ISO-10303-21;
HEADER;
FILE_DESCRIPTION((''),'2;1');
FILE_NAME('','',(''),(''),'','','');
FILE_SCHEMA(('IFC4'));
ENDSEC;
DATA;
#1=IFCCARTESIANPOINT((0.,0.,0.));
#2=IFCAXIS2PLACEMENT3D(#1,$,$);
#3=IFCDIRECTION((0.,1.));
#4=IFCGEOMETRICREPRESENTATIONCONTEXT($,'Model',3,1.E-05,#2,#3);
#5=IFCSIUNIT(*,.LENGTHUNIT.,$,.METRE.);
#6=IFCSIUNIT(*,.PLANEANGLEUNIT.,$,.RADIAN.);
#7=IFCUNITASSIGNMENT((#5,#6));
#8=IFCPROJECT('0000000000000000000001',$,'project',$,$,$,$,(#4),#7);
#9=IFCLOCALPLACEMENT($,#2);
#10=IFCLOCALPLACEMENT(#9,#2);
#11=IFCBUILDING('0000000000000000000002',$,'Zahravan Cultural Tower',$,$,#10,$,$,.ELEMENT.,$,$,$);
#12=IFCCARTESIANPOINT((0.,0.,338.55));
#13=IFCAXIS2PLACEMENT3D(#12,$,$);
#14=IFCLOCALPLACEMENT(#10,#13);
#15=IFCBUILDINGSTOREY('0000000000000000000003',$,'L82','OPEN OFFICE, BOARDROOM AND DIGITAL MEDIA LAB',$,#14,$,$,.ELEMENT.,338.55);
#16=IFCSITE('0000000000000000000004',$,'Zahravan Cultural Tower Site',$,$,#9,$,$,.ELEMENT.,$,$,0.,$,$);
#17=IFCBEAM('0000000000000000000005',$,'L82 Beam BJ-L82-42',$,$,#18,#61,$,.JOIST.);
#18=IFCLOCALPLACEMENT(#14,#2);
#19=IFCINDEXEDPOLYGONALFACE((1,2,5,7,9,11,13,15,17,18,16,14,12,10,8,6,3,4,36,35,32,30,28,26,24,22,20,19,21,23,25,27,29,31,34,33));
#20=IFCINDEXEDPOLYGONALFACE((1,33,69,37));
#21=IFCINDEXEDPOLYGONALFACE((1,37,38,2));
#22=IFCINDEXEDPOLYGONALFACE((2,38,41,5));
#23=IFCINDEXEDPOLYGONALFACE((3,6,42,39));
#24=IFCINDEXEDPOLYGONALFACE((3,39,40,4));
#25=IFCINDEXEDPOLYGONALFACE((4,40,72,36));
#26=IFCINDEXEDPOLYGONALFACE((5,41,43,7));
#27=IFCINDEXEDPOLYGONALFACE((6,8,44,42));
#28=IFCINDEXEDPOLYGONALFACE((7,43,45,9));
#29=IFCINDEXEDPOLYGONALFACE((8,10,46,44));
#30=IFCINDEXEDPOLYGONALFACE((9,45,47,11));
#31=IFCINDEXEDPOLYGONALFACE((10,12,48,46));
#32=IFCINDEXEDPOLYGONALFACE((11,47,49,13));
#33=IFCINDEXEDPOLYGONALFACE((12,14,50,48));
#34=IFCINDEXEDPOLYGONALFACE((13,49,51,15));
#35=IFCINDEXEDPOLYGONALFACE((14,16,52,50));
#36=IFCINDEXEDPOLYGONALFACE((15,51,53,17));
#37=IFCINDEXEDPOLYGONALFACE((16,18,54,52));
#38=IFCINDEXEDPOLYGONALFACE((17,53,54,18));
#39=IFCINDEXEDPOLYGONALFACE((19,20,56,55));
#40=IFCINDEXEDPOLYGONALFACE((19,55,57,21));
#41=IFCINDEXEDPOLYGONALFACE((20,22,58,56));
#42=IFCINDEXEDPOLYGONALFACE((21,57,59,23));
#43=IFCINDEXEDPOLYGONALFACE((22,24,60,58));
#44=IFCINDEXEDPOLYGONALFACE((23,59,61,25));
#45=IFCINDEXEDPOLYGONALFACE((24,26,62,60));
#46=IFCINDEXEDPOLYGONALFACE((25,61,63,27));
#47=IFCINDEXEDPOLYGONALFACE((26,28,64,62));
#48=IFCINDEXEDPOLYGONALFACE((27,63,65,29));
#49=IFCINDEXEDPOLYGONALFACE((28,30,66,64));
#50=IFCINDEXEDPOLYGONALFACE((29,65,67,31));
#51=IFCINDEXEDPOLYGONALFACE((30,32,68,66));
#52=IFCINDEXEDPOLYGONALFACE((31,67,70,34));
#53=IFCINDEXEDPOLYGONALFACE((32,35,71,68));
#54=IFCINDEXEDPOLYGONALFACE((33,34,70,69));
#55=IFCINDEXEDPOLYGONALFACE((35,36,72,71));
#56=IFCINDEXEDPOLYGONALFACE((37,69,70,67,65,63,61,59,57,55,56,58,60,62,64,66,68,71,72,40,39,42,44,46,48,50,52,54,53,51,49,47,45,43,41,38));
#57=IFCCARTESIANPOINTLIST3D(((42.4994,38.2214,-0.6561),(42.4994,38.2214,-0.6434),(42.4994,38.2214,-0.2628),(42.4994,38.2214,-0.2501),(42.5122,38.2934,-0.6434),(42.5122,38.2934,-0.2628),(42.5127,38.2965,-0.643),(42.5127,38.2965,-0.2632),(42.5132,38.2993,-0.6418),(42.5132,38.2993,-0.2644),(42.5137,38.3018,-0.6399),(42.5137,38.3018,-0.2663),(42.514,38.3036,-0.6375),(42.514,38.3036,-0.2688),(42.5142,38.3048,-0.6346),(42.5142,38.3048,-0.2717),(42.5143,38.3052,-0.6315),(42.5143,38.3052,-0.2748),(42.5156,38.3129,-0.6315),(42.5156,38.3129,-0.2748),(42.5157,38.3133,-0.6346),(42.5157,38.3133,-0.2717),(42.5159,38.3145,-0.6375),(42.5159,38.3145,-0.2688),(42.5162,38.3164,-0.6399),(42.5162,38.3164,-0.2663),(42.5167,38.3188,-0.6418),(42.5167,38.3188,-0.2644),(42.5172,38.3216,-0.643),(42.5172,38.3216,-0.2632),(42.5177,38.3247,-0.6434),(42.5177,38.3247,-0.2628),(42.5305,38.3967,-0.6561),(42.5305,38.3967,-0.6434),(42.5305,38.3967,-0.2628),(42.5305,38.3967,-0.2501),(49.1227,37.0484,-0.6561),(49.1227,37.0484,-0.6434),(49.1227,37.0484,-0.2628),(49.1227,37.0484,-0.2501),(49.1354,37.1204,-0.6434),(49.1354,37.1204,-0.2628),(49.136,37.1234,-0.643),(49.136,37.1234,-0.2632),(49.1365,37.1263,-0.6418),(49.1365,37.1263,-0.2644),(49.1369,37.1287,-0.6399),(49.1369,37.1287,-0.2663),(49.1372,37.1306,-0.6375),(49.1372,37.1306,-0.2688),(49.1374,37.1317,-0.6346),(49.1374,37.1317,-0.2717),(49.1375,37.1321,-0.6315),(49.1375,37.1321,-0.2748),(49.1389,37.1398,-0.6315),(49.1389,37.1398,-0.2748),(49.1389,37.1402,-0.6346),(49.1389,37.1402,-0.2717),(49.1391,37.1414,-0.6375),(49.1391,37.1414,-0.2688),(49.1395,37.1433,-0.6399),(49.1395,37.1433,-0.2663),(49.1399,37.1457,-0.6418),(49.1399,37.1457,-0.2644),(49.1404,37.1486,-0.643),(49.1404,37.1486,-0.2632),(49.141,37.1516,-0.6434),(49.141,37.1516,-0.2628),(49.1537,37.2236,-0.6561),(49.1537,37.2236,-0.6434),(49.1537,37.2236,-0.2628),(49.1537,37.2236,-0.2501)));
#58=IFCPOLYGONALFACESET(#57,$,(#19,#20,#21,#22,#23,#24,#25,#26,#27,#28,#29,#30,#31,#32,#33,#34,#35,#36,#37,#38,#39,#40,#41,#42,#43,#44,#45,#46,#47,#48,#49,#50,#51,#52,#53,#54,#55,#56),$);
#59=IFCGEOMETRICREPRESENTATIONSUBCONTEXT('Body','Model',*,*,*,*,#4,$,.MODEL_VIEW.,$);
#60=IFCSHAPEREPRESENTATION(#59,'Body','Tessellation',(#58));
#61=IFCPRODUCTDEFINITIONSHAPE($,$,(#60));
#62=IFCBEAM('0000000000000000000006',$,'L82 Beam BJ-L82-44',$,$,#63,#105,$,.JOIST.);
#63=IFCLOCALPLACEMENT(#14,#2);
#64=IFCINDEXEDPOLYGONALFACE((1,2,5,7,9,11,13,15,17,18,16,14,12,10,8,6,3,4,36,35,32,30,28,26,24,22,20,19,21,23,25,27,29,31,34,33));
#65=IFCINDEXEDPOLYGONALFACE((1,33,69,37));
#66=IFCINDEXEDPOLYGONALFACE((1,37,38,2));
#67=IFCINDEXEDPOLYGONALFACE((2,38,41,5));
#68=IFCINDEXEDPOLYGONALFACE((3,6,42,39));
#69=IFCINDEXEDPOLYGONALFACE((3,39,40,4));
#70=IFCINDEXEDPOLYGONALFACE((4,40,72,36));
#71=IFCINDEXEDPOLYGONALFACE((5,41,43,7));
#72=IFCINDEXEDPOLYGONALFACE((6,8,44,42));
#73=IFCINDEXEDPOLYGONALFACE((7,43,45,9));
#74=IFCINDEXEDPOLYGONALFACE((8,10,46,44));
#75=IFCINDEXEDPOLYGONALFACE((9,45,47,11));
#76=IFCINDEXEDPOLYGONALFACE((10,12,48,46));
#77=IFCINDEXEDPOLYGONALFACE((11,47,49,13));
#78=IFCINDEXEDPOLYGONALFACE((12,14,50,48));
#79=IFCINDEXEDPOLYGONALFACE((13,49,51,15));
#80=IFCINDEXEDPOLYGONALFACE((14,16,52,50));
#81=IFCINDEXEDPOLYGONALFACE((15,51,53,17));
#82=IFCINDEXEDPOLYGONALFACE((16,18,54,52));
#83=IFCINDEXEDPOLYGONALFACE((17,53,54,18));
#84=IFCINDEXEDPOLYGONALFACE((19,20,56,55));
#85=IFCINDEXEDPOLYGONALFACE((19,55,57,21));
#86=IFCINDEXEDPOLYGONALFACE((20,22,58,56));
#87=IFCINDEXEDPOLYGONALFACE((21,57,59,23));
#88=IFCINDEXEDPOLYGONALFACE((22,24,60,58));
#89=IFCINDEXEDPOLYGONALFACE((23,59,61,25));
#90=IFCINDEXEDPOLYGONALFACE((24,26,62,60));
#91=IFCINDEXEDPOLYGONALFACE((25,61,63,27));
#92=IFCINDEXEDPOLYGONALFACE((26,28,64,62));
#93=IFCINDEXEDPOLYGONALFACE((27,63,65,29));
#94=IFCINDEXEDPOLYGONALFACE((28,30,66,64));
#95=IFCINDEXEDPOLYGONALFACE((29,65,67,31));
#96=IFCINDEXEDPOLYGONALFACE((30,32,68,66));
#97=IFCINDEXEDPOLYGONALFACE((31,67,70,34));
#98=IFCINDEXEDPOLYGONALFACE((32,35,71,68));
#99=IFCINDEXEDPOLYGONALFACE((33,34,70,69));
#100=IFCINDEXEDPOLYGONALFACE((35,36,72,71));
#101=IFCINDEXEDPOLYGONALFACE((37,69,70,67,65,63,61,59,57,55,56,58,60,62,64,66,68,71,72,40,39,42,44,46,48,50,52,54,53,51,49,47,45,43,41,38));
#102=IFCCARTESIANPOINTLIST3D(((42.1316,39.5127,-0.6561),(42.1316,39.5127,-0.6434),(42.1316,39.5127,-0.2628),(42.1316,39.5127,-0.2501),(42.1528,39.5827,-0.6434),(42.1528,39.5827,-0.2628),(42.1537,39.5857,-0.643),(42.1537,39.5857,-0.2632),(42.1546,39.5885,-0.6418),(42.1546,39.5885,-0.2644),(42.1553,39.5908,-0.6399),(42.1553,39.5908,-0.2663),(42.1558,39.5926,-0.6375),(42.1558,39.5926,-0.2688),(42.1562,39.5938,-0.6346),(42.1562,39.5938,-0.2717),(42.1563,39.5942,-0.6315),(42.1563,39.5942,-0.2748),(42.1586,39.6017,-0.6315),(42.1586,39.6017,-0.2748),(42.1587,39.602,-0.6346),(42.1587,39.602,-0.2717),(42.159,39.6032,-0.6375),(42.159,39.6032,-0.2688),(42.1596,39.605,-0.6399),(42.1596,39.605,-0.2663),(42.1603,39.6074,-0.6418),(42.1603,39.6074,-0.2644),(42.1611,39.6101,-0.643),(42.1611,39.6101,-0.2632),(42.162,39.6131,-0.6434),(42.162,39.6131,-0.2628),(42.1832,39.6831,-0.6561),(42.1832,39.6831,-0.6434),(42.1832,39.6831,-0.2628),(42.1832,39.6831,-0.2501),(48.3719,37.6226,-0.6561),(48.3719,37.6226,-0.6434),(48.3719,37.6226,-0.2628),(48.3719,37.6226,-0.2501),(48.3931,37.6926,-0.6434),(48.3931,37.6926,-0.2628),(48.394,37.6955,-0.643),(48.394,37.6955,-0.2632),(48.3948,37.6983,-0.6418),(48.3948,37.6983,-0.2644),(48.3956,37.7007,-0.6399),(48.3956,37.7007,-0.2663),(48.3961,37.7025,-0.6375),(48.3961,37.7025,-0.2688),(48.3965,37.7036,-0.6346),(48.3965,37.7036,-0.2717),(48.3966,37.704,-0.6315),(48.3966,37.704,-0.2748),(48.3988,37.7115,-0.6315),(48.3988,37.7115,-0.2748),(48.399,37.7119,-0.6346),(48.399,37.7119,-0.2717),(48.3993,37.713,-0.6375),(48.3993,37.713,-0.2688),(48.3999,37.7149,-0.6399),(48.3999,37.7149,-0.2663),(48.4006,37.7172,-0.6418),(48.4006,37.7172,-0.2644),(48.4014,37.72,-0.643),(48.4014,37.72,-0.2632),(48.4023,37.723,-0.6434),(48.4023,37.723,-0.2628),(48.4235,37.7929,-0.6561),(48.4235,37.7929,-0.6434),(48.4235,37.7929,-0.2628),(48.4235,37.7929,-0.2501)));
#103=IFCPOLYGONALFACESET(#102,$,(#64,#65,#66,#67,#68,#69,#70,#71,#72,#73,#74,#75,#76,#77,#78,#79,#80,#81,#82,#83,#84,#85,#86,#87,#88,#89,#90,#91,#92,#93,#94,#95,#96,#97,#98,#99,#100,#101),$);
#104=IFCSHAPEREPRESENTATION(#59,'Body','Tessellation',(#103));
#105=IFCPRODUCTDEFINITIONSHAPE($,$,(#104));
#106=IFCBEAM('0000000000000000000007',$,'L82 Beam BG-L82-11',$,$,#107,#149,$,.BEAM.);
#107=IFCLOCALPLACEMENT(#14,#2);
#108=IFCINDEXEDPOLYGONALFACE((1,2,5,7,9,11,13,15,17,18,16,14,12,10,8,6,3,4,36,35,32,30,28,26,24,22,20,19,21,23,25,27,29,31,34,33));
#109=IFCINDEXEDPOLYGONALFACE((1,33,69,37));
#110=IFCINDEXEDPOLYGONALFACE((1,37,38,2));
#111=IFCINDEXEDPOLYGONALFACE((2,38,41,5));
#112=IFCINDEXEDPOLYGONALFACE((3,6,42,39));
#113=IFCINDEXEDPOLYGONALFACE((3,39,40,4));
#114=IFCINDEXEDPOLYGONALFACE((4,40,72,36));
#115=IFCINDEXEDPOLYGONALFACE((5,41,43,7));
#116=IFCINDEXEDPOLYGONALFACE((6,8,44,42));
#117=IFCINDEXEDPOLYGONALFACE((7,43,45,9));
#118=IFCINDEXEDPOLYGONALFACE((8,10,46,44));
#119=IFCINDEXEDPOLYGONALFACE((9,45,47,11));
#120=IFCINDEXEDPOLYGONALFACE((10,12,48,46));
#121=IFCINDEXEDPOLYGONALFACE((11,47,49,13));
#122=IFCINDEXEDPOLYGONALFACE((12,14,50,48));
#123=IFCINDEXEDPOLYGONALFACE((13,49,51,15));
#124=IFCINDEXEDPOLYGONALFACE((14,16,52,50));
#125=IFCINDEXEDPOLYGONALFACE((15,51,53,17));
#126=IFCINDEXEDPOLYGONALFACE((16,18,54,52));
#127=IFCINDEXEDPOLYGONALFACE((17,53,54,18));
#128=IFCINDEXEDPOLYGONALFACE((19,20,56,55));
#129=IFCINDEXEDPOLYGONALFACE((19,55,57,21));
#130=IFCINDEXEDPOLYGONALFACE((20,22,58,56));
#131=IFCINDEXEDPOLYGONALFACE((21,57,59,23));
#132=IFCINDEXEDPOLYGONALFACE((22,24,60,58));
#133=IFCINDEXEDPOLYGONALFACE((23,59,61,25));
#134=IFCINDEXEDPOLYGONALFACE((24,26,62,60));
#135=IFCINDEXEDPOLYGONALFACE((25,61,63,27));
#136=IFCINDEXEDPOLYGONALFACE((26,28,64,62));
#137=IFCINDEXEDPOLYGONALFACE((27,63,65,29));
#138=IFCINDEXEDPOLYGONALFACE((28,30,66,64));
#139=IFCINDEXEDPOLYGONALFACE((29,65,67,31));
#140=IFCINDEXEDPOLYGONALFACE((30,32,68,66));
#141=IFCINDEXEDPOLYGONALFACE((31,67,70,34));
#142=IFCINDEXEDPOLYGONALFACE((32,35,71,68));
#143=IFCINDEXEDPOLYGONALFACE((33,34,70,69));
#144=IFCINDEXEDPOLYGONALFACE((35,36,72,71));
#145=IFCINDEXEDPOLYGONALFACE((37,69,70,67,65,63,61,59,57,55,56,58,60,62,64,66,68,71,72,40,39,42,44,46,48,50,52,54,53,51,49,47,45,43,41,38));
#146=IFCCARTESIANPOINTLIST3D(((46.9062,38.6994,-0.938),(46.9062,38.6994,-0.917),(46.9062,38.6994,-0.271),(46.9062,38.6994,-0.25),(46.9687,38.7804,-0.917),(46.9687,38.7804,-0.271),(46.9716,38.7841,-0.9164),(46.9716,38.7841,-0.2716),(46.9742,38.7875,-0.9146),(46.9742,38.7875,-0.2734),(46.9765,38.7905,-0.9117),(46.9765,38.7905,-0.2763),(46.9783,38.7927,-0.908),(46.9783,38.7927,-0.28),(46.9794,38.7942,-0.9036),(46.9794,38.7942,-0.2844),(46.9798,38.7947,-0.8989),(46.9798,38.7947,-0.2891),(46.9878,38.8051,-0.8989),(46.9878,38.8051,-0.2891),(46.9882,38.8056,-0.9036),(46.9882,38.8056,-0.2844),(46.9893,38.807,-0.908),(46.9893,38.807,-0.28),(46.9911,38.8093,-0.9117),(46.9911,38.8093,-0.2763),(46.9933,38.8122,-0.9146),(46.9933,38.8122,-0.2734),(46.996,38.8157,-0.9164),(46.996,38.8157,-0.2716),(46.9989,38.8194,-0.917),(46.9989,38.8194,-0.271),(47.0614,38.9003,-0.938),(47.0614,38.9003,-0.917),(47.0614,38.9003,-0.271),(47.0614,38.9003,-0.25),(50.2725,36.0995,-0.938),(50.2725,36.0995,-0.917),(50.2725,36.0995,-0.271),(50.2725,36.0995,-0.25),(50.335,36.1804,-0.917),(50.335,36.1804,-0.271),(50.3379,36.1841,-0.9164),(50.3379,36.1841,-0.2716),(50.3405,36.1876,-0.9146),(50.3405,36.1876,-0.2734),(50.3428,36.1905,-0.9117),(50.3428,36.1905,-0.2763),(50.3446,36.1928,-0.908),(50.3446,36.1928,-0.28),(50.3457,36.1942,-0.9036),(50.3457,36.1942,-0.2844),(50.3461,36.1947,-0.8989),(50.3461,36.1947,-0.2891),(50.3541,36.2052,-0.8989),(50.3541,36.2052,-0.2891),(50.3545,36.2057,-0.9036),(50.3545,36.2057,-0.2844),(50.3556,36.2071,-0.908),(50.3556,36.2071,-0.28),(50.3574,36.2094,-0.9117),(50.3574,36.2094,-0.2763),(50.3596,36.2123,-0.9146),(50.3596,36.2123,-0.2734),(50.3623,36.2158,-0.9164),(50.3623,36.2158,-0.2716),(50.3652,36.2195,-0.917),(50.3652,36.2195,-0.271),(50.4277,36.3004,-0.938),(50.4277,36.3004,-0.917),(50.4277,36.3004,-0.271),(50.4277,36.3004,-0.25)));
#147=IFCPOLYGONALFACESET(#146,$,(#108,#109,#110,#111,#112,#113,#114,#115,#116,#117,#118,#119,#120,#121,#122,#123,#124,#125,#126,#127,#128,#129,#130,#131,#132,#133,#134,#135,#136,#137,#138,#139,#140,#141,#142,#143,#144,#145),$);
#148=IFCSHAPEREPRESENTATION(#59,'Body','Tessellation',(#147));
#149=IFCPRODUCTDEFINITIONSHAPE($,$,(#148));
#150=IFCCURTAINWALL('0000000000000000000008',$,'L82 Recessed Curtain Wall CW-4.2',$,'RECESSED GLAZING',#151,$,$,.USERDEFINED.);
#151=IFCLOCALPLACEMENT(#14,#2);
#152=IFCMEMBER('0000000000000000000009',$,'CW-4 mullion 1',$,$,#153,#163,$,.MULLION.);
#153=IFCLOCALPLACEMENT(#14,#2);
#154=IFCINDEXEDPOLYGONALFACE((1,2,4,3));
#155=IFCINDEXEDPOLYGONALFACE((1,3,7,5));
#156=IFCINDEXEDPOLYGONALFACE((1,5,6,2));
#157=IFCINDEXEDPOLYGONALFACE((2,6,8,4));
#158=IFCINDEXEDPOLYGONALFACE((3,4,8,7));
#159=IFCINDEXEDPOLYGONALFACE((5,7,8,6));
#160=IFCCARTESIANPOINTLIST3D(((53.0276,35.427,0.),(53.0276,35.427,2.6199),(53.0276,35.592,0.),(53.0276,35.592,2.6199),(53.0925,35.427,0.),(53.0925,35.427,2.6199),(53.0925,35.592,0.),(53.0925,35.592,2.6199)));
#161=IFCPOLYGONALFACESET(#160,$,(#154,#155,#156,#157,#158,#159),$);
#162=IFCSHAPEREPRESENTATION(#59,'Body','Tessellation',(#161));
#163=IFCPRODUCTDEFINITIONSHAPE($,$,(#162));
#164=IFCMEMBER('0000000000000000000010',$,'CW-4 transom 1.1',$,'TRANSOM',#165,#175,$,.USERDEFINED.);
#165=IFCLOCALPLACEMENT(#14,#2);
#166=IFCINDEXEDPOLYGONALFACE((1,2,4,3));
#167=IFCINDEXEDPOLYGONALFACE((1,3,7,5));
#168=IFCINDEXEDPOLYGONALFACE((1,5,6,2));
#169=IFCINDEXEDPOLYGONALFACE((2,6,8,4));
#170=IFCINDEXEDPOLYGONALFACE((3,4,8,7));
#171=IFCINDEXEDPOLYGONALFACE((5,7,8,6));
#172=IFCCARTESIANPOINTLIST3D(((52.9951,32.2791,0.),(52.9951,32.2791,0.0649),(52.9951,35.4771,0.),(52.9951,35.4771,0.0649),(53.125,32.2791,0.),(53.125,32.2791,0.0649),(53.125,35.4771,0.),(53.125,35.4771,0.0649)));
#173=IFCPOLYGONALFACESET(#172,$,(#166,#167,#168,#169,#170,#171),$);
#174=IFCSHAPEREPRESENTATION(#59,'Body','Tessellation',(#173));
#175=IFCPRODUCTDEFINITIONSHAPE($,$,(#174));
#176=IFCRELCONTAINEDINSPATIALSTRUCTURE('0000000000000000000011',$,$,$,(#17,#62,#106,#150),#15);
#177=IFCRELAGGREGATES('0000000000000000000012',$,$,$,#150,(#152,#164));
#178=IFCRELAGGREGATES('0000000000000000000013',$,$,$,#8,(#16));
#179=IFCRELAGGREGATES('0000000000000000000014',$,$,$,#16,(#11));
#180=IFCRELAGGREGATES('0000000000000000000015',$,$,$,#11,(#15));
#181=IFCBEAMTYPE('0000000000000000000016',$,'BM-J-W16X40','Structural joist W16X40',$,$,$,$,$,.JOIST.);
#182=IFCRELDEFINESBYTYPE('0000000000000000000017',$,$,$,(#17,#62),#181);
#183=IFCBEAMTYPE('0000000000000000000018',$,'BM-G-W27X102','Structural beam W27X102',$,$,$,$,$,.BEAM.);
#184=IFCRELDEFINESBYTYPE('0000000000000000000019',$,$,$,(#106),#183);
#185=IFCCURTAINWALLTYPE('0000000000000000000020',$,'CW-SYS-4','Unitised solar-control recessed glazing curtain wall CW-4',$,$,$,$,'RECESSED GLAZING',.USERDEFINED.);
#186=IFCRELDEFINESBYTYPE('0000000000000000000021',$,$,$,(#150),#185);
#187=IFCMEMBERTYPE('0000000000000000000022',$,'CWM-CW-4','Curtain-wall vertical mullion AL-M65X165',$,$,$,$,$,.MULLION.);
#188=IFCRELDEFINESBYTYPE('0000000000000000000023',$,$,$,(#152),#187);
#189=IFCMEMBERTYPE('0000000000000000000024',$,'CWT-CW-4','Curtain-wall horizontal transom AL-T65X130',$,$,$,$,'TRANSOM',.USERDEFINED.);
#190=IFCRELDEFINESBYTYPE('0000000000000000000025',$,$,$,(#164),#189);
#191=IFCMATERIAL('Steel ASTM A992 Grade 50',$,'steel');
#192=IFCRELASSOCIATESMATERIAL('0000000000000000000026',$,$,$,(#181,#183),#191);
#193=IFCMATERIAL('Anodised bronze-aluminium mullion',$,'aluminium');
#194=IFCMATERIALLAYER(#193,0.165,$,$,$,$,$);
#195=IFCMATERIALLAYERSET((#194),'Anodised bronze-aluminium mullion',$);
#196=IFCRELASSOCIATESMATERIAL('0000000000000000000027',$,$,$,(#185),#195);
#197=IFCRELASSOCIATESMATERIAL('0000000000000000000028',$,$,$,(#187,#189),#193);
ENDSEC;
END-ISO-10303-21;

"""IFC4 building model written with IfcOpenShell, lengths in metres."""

from ifc_helpers import new_model, si_unit, direction, frame, origin, origin_2d, place, context, subcontext, project, spatial, rectangle, i_section, extrude, source, transform, mapped, material, layer, layer_set, material_profile, profile_set, type_object, element, aggregate, save


model = new_model("IFC4")

# Units and contexts
model_context = context("Model", 3, precision=1e-05, world=origin(), true_north=direction((0.0, 1.0)))
body_context = subcontext(model_context, "Body", "Model", "MODEL_VIEW")
ifc_project = project(units=[si_unit("LENGTHUNIT", "METRE"), si_unit("PLANEANGLEUNIT", "RADIAN")], contexts=[model_context])

# Site, building, storey
site_placement = place(None, origin())
site = spatial("IfcSite", under=ifc_project, at=site_placement, Name="Zahravan Cultural Tower Site", CompositionType="ELEMENT", RefElevation=0.0)
building_placement = place(site_placement, origin())
building = spatial("IfcBuilding", under=site, at=building_placement, Name="Zahravan Cultural Tower", CompositionType="ELEMENT")
storey_placement = place(building_placement, frame((0.0, 0.0, 338.55)))
storey = spatial("IfcBuildingStorey", under=building, at=storey_placement, Name="L82", Description="OPEN OFFICE, BOARDROOM AND DIGITAL MEDIA LAB", CompositionType="ELEMENT", Elevation=338.55)

# Shared definitions
ifc_material_1 = material(Name="Steel ASTM A992 Grade 50", Category="steel")

# Beams
ifc_material_profile_1 = material_profile(ifc_material_1, i_section(OverallWidth=0.178, OverallDepth=0.406, WebThickness=0.0078, FlangeThickness=0.0127, FilletRadius=0.012, at=origin_2d()), Name="W16X40")
ifc_profile_set_1 = profile_set([ifc_material_profile_1], Name="Steel ASTM A992 Grade 50")
beam_type_1 = type_object("IfcBeamType", Name="BM-J-W16X40", Description="Structural joist W16X40", PredefinedType="JOIST", material=ifc_profile_set_1)
shared_shape_1 = source(origin(), body_context, "Body", "SweptSolid", [
    extrude(i_section(OverallWidth=0.178, OverallDepth=0.406, WebThickness=0.0078, FlangeThickness=0.0127, FilletRadius=0.012, at=origin_2d()), origin(), (0.0, 0.0, 1.0), 6.7263),
])
beam_1_placement = place(storey_placement, frame((49.1382, 37.136, -0.4531), z_axis=(-0.984674, 0.174402, 0.0), x_axis=(-0.174402, -0.984674, 0.0)))
element("IfcBeam", 1, at=beam_1_placement, inside=storey, type_object=beam_type_1, Name="L82 Beam BJ-L82-42", PredefinedType="JOIST", context=body_context, shape_type="MappedRepresentation", body=[
    mapped(shared_shape_1, transform((0.0, 0.0, 0.0), x_axis=(1.0, 0.0, 0.0), y_axis=(0.0, 1.0, 0.0), z_axis=(0.0, 0.0, 1.0), scale=1.0)),
])
shared_shape_2 = source(origin(), body_context, "Body", "SweptSolid", [
    extrude(i_section(OverallWidth=0.178, OverallDepth=0.406, WebThickness=0.0078, FlangeThickness=0.0127, FilletRadius=0.012, at=origin_2d()), origin(), (0.0, 0.0, 1.0), 6.5203),
])
beam_2_placement = place(storey_placement, frame((48.3977, 37.7078, -0.4531), z_axis=(-0.95706, 0.289889, 0.0), x_axis=(-0.289889, -0.95706, 0.0)))
element("IfcBeam", 2, at=beam_2_placement, inside=storey, type_object=beam_type_1, Name="L82 Beam BJ-L82-44", PredefinedType="JOIST", context=body_context, shape_type="MappedRepresentation", body=[
    mapped(shared_shape_2, transform((0.0, 0.0, 0.0), x_axis=(1.0, 0.0, 0.0), y_axis=(0.0, 1.0, 0.0), z_axis=(0.0, 0.0, 1.0), scale=1.0)),
])
ifc_material_profile_2 = material_profile(ifc_material_1, i_section(OverallWidth=0.2539, OverallDepth=0.688, WebThickness=0.0132, FlangeThickness=0.021, FilletRadius=0.0181, at=origin_2d()), Name="W27X102")
ifc_profile_set_2 = profile_set([ifc_material_profile_2], Name="Steel ASTM A992 Grade 50")
beam_type_2 = type_object("IfcBeamType", Name="BM-G-W27X102", Description="Structural beam W27X102", PredefinedType="BEAM", material=ifc_profile_set_2)
shared_shape_3 = source(origin(), body_context, "Body", "SweptSolid", [
    extrude(i_section(OverallWidth=0.2539, OverallDepth=0.688, WebThickness=0.0132, FlangeThickness=0.021, FilletRadius=0.0181, at=origin_2d()), origin(), (0.0, 0.0, 1.0), 4.2534),
])
beam_3_placement = place(storey_placement, frame((50.3501, 36.2, -0.594), z_axis=(-0.791434, 0.611255, 0.0), x_axis=(-0.611255, -0.791434, 0.0)))
element("IfcBeam", 3, at=beam_3_placement, inside=storey, type_object=beam_type_2, Name="L82 Beam BG-L82-11", PredefinedType="BEAM", context=body_context, shape_type="MappedRepresentation", body=[
    mapped(shared_shape_3, transform((0.0, 0.0, 0.0), x_axis=(1.0, 0.0, 0.0), y_axis=(0.0, 1.0, 0.0), z_axis=(0.0, 0.0, 1.0), scale=1.0)),
])

# Curtain wall, members
ifc_material_2 = material(Name="Anodised bronze-aluminium mullion", Category="aluminium")
ifc_layer_1 = layer(ifc_material_2, 0.165)
ifc_layer_set_1 = layer_set([ifc_layer_1], Name="Anodised bronze-aluminium mullion")
curtain_wall_type = type_object("IfcCurtainWallType", Name="CW-SYS-4", Description="Unitised solar-control recessed glazing curtain wall CW-4", ElementType="RECESSED GLAZING", PredefinedType="USERDEFINED", material=ifc_layer_set_1)
curtain_wall_placement = place(storey_placement, origin())
curtain_wall = element("IfcCurtainWall", 4, at=curtain_wall_placement, inside=storey, type_object=curtain_wall_type, Name="L82 Recessed Curtain Wall CW-4.2", ObjectType="RECESSED GLAZING", PredefinedType="USERDEFINED")
ifc_material_profile_3 = material_profile(ifc_material_2, rectangle(XDim=0.0649, YDim=0.165, at=origin_2d()), Name="AL-M65X165")
ifc_profile_set_3 = profile_set([ifc_material_profile_3], Name="Anodised bronze-aluminium mullion")
member_type_1 = type_object("IfcMemberType", Name="CWM-CW-4", Description="Curtain-wall vertical mullion AL-M65X165", PredefinedType="MULLION", material=ifc_profile_set_3)
shared_shape_4 = source(origin(), body_context, "Body", "SweptSolid", [
    extrude(rectangle(XDim=0.0649, YDim=0.165, at=origin_2d()), origin(), (0.0, 0.0, 1.0), 2.6199),
])
member_1_placement = place(storey_placement, frame((53.0601, 35.5095, 0.0), z_axis=(0.0, 0.0, 1.0), x_axis=(1.0, 0.0, 0.0)))
member_1 = element("IfcMember", 5, at=member_1_placement, type_object=member_type_1, Name="CW-4 mullion 1", PredefinedType="MULLION", context=body_context, shape_type="MappedRepresentation", body=[
    mapped(shared_shape_4, transform((0.0, 0.0, 0.0), x_axis=(1.0, 0.0, 0.0), y_axis=(0.0, 1.0, 0.0), z_axis=(0.0, 0.0, 1.0), scale=1.0)),
])
ifc_material_profile_4 = material_profile(ifc_material_2, rectangle(XDim=0.1299, YDim=0.0649, at=origin_2d()), Name="AL-T65X130")
ifc_profile_set_4 = profile_set([ifc_material_profile_4], Name="Anodised bronze-aluminium mullion")
member_type_2 = type_object("IfcMemberType", Name="CWT-CW-4", Description="Curtain-wall horizontal transom AL-T65X130", ElementType="TRANSOM", PredefinedType="USERDEFINED", material=ifc_profile_set_4)
shared_shape_5 = source(origin(), body_context, "Body", "SweptSolid", [
    extrude(rectangle(XDim=0.1299, YDim=0.0649, at=origin_2d()), origin(), (0.0, 0.0, 1.0), 3.198),
])
member_2_placement = place(storey_placement, frame((53.0601, 35.4771, 0.0325), z_axis=(0.0, -1.0, 0.0), x_axis=(1.0, 0.0, 0.0)))
member_2 = element("IfcMember", 6, at=member_2_placement, type_object=member_type_2, Name="CW-4 transom 1.1", ObjectType="TRANSOM", PredefinedType="USERDEFINED", context=body_context, shape_type="MappedRepresentation", body=[
    mapped(shared_shape_5, transform((0.0, 0.0, 0.0), x_axis=(1.0, 0.0, 0.0), y_axis=(0.0, 1.0, 0.0), z_axis=(0.0, 0.0, 1.0), scale=1.0)),
])
aggregate(curtain_wall, [member_1, member_2])

save(model, "model.ifc")
